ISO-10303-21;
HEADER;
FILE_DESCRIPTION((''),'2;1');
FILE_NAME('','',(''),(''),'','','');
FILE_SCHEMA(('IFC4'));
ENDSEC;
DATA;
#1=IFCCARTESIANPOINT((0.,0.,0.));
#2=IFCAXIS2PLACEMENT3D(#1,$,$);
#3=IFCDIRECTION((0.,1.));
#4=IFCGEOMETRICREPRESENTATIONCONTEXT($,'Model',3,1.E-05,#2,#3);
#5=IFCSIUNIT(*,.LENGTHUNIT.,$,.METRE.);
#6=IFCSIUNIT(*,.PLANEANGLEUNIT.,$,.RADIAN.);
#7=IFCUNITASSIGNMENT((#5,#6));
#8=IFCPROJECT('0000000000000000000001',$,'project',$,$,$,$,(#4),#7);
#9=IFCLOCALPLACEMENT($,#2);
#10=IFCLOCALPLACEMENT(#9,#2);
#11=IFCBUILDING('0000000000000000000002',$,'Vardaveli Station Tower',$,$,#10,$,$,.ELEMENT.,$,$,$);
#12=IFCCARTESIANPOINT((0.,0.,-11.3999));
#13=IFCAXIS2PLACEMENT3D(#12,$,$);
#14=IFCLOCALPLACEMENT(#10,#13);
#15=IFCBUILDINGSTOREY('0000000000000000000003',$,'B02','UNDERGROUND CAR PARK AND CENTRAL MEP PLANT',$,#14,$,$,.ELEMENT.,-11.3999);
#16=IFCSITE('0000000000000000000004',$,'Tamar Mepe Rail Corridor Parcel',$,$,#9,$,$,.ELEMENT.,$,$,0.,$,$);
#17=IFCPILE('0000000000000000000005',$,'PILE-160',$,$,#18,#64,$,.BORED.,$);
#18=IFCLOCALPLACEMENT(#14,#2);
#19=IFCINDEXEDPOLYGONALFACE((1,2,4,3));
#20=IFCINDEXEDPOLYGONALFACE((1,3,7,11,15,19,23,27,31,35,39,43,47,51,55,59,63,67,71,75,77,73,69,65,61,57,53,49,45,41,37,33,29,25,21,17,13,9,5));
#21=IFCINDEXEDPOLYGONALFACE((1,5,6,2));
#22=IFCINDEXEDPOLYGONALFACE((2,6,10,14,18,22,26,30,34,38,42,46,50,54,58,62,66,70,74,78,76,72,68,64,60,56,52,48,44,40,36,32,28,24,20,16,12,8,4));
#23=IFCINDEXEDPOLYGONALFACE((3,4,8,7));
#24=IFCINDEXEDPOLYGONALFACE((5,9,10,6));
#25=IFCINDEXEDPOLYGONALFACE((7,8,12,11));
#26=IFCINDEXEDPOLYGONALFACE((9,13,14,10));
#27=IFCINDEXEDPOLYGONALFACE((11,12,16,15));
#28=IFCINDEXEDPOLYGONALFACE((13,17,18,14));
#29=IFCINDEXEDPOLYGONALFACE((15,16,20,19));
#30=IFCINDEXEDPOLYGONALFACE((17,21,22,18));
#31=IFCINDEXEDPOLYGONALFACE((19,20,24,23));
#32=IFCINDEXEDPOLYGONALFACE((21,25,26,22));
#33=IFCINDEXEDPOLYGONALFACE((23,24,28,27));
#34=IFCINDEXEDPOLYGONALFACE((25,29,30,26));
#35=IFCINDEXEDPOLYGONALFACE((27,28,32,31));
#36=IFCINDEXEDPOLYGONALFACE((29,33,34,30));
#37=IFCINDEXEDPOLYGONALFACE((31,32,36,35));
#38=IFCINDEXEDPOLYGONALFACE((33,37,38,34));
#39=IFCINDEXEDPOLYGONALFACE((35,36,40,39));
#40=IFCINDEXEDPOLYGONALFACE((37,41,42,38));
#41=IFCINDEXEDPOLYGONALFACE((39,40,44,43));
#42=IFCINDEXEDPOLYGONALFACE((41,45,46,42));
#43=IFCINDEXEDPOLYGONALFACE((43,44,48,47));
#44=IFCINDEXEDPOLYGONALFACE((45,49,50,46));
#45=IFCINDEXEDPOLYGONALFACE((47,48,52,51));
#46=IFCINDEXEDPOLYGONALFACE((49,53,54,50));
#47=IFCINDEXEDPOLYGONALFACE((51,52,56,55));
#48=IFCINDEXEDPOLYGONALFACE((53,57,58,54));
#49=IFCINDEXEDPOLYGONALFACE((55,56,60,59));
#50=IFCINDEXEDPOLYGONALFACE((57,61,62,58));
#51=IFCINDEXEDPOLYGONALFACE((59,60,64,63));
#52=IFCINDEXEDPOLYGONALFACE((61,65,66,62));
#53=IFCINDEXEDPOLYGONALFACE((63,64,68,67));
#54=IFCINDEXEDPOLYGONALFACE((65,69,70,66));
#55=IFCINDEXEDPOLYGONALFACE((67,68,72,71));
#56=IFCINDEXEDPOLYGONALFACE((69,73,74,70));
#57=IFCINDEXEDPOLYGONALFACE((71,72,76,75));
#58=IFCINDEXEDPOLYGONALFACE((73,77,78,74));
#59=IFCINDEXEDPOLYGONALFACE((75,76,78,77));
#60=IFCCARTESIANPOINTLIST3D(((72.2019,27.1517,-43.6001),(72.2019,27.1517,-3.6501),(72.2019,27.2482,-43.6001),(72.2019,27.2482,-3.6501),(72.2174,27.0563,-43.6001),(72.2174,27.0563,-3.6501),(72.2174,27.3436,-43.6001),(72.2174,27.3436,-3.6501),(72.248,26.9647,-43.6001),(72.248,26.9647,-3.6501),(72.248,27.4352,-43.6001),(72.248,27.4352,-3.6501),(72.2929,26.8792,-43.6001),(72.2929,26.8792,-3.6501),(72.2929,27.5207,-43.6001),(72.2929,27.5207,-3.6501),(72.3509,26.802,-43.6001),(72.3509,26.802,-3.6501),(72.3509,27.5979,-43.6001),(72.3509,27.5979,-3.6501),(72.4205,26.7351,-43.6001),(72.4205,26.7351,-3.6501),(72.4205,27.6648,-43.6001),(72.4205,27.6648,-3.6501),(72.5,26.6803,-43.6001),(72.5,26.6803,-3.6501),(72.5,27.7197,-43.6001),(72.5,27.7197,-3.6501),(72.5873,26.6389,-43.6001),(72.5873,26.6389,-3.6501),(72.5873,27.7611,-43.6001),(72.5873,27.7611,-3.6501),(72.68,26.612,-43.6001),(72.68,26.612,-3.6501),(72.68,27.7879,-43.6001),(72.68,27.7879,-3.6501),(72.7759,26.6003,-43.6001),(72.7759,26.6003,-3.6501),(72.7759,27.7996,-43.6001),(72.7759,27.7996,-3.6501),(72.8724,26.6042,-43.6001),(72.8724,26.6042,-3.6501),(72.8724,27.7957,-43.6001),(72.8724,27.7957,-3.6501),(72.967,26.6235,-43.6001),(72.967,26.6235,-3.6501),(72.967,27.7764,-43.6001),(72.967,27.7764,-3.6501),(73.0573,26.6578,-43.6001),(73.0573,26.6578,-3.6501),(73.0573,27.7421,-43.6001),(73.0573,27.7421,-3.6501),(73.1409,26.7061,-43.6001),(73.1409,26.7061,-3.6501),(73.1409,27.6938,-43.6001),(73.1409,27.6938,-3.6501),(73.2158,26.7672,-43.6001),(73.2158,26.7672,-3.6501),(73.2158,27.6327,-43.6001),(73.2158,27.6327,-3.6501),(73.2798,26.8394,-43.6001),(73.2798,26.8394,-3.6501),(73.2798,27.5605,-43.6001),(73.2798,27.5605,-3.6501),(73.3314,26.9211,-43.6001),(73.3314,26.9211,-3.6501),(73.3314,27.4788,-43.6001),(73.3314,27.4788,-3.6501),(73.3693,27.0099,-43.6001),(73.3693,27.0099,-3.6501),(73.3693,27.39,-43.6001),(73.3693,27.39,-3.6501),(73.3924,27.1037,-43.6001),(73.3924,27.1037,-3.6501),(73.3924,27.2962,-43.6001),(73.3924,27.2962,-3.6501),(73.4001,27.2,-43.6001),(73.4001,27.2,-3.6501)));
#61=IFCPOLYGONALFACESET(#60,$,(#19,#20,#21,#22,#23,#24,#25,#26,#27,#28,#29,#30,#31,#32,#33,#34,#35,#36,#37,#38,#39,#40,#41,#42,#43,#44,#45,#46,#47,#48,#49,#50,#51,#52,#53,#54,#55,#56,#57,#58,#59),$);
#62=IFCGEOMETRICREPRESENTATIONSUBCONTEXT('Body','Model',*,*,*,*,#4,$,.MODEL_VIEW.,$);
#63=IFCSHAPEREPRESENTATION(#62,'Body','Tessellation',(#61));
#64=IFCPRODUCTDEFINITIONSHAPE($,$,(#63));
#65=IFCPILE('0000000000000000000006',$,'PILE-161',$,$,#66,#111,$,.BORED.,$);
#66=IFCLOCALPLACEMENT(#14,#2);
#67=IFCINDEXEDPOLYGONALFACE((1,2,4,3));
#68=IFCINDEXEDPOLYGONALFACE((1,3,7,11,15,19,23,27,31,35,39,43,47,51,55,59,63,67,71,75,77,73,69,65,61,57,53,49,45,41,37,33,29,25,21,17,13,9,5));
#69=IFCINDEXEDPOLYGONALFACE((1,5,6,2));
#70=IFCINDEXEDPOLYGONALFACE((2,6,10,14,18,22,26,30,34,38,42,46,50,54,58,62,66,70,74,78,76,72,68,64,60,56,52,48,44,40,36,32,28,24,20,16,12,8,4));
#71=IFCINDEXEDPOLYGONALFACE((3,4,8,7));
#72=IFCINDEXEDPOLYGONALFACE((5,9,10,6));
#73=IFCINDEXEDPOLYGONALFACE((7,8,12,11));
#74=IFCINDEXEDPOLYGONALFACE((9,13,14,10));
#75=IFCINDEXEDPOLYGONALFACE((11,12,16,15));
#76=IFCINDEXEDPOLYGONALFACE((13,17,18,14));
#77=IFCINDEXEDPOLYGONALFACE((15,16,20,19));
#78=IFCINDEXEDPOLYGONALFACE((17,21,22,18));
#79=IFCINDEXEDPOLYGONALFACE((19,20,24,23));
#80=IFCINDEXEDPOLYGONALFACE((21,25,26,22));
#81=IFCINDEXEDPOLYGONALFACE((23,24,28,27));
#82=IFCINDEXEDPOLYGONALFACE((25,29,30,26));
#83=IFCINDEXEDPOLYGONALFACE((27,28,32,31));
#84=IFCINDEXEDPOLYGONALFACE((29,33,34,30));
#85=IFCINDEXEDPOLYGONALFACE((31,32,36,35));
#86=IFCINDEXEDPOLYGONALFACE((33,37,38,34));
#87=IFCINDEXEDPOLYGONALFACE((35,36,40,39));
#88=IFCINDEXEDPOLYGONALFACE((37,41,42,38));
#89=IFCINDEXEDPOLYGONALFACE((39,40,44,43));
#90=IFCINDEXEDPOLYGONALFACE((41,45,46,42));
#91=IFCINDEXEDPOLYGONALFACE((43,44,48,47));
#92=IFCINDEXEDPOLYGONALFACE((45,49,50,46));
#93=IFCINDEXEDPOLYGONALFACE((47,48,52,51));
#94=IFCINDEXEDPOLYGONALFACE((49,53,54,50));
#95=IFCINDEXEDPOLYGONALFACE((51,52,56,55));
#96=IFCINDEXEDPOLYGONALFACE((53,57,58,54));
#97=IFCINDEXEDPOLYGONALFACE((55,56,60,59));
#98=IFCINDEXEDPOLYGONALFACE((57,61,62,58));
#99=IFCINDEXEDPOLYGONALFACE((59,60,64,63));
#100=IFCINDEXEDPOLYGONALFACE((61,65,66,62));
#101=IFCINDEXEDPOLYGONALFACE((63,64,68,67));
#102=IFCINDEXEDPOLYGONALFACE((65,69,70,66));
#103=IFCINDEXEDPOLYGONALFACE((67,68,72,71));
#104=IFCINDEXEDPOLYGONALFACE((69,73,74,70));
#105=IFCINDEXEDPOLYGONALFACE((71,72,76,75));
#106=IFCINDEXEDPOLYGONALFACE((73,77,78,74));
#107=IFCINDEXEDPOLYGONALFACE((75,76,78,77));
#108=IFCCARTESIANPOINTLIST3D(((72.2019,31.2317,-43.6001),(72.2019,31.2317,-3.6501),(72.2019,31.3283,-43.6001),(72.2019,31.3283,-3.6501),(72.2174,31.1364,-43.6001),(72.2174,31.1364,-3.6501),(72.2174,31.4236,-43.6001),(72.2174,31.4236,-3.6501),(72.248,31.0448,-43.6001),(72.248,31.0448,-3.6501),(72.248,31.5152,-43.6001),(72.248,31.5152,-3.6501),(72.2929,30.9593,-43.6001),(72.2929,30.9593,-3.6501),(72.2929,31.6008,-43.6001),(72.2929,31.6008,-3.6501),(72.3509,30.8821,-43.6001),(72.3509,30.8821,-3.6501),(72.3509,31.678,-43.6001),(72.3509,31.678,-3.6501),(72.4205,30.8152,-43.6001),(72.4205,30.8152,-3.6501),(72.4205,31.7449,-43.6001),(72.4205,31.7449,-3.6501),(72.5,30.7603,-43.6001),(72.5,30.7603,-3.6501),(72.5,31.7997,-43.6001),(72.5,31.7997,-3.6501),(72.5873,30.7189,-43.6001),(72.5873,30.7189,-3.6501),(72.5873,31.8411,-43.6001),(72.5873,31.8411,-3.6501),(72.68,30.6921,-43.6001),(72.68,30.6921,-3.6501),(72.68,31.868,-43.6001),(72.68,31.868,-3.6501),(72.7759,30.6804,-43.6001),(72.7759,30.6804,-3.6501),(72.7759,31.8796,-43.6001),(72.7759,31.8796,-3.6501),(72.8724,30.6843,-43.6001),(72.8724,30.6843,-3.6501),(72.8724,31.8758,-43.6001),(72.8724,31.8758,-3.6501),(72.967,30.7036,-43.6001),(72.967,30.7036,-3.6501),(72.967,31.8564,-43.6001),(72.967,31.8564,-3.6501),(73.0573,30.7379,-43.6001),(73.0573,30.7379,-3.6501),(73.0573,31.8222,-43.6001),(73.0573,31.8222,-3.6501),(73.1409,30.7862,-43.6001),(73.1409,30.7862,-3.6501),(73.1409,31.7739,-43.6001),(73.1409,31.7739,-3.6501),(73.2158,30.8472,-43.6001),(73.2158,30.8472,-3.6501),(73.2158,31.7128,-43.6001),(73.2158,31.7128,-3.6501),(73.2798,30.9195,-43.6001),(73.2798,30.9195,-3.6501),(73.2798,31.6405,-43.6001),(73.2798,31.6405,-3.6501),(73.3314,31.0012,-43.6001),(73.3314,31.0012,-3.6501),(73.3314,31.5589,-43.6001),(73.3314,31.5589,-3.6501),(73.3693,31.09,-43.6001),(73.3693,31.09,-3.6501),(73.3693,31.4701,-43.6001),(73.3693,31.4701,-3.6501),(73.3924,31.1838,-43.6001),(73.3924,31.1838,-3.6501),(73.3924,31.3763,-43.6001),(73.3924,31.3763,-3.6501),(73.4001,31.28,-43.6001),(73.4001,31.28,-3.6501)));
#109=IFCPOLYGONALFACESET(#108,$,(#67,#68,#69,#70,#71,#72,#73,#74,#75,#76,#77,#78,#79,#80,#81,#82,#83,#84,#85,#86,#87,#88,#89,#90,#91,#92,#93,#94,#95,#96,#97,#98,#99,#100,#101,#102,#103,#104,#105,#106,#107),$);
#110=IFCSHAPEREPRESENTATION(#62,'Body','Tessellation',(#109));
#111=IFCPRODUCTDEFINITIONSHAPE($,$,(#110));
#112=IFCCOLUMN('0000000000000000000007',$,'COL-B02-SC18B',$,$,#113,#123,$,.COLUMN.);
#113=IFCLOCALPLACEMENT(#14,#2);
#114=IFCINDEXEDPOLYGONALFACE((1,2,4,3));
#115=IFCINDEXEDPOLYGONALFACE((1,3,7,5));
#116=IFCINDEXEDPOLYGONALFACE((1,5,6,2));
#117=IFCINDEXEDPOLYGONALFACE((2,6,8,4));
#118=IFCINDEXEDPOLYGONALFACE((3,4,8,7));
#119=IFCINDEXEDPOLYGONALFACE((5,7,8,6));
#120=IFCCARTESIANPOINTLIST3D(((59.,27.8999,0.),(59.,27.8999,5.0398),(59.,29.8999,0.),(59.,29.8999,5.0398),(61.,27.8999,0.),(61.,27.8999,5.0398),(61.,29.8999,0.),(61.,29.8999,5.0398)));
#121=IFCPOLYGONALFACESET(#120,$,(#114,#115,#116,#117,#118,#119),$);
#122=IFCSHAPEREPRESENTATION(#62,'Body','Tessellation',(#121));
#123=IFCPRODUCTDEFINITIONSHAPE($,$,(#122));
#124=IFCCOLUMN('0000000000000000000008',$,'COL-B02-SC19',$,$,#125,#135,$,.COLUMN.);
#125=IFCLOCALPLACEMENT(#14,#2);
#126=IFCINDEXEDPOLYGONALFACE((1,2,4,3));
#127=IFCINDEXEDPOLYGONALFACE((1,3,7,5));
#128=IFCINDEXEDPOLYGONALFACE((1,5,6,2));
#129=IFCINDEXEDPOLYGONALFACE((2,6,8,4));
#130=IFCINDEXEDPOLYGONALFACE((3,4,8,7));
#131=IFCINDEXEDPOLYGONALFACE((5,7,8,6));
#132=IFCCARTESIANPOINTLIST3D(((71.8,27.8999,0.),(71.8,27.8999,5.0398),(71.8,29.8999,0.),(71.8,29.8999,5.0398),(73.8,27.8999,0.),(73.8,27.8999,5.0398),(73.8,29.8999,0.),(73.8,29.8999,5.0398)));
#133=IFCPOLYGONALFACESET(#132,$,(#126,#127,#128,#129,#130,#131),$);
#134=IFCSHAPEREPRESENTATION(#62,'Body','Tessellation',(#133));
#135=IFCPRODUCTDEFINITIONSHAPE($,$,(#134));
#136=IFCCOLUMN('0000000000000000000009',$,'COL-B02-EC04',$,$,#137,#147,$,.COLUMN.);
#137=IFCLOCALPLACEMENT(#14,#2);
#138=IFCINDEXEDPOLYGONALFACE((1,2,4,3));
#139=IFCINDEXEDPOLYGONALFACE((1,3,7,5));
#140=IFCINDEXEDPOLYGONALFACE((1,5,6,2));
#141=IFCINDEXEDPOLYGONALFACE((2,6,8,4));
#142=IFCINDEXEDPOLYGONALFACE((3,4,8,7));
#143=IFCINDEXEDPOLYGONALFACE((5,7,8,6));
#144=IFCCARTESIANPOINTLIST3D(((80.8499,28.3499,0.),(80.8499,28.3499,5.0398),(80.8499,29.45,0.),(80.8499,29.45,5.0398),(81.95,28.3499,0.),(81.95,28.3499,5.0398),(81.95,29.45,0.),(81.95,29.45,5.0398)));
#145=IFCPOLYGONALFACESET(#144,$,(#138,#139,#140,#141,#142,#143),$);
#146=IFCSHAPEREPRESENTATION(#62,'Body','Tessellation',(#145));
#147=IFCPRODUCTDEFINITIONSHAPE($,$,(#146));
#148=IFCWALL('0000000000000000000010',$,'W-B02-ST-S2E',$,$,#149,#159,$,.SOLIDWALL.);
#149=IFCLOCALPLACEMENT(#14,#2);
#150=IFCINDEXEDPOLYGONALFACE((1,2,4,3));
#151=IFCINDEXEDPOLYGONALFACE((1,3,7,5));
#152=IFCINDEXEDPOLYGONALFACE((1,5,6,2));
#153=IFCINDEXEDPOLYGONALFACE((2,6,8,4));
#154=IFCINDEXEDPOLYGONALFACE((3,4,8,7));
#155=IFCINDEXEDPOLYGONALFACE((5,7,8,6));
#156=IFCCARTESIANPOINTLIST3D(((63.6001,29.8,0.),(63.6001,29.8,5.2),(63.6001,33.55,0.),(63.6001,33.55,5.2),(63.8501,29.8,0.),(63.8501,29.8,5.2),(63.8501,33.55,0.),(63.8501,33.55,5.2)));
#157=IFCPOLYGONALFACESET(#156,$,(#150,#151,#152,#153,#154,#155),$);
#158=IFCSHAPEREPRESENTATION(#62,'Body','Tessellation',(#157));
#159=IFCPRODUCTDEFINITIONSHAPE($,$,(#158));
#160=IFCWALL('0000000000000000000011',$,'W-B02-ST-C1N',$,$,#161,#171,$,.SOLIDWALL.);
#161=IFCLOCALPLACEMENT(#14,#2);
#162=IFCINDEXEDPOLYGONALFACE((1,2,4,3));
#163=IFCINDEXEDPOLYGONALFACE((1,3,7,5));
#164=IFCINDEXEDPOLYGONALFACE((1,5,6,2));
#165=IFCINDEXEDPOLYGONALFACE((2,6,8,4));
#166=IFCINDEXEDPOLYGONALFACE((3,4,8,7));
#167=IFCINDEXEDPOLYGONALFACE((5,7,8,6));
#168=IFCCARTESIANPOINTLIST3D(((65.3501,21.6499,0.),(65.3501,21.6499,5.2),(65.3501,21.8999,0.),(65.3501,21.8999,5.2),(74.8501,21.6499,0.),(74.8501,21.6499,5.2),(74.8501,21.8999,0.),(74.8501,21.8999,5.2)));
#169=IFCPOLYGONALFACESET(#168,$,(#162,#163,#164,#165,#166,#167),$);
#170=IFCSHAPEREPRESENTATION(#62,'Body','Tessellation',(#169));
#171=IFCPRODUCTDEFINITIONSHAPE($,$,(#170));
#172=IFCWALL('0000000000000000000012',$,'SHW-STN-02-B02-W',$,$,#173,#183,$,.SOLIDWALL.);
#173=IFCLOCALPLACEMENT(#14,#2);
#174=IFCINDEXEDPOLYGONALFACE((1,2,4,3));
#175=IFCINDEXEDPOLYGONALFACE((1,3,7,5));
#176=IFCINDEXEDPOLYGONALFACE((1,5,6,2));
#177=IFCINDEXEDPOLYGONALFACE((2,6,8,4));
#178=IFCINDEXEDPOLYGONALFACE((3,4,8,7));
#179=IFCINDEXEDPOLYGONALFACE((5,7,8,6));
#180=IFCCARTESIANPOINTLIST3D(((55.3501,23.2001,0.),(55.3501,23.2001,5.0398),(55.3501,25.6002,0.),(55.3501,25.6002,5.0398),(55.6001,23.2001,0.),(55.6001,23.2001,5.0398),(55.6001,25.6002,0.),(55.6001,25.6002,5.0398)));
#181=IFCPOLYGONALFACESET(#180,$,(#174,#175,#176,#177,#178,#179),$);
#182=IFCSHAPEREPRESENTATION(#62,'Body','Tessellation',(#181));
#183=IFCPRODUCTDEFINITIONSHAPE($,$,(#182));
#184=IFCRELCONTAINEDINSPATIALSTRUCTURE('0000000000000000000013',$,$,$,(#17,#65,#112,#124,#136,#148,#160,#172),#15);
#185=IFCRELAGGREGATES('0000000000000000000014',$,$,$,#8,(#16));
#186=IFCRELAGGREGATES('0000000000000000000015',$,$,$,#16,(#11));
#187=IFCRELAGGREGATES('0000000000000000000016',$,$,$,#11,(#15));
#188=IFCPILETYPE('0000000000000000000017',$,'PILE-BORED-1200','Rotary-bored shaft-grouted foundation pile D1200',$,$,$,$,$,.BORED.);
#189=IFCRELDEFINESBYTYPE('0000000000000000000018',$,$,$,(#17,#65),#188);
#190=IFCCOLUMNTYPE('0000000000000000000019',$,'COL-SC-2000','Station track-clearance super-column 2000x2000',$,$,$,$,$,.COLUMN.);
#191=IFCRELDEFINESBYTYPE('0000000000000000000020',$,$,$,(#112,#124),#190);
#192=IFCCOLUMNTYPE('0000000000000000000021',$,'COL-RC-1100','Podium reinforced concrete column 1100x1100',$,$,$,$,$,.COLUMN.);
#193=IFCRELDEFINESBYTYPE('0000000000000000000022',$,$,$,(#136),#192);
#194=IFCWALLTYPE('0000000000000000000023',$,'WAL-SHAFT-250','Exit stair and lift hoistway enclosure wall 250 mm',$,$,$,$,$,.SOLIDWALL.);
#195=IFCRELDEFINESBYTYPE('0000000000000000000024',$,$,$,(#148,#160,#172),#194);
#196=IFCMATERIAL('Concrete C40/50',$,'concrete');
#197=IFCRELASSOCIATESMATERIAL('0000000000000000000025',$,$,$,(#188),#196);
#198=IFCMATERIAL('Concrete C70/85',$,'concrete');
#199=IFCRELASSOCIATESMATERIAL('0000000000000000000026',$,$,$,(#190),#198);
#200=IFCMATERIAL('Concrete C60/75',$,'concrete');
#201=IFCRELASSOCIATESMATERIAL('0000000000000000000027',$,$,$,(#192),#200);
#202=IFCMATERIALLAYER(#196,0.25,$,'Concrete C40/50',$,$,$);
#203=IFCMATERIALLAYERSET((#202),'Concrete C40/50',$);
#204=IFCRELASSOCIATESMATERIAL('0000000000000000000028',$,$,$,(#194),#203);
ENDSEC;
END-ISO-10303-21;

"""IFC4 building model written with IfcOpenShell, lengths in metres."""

from ifc_helpers import new_model, si_unit, direction, frame, frame_2d, origin, origin_2d, place, context, subcontext, project, spatial, rectangle, circle, extrude, source, transform, mapped, material, layer, layer_set, material_profile, profile_set, type_object, element, save


model = new_model("IFC4")

# Units and contexts
model_context = context("Model", 3, precision=1e-05, world=origin(), true_north=direction((0.0, 1.0)))
body_context = subcontext(model_context, "Body", "Model", "MODEL_VIEW")
ifc_project = project(units=[si_unit("LENGTHUNIT", "METRE"), si_unit("PLANEANGLEUNIT", "RADIAN")], contexts=[model_context])

# Site, building, storey
site_placement = place(None, origin())
site = spatial("IfcSite", under=ifc_project, at=site_placement, Name="Tamar Mepe Rail Corridor Parcel", CompositionType="ELEMENT", RefElevation=0.0)
building_placement = place(site_placement, origin())
building = spatial("IfcBuilding", under=site, at=building_placement, Name="Vardaveli Station Tower", CompositionType="ELEMENT")
storey_placement = place(building_placement, frame((0.0, 0.0, -11.3999)))
storey = spatial("IfcBuildingStorey", under=building, at=storey_placement, Name="B02", Description="UNDERGROUND CAR PARK AND CENTRAL MEP PLANT", CompositionType="ELEMENT", Elevation=-11.3999)

# Piles
ifc_material_1 = material(Name="Concrete C40/50", Category="concrete")
ifc_material_profile_1 = material_profile(ifc_material_1, circle(Radius=0.6001, at=origin_2d()), Name="PILE D1200")
ifc_profile_set_1 = profile_set([ifc_material_profile_1], Name="Concrete C40/50")
pile_type_1 = type_object("IfcPileType", Name="PILE-BORED-1200", Description="Rotary-bored shaft-grouted foundation pile D1200", PredefinedType="BORED", material=ifc_profile_set_1)
shared_shape_1 = source(origin(), body_context, "Body", "SweptSolid", [
    extrude(circle(Radius=0.6001, at=origin_2d()), origin(), (0.0, 0.0, 1.0), 39.95),
])
for number, where, z_axis, x_axis, name in (
    (1, (72.8, 27.2, -3.6501), (0.0, 0.0, -1.0), (1.0, 0.0, 0.0), "PILE-160"),
    (2, (72.8, 31.28, -3.6501), (0.0, 0.0, -1.0), (1.0, 0.0, 0.0), "PILE-161"),
):
    element("IfcPile", number, at=place(storey_placement, frame(where, z_axis=z_axis, x_axis=x_axis)), inside=storey, type_object=pile_type_1, Name=name, PredefinedType="BORED", context=body_context, shape_type="MappedRepresentation", body=[
        mapped(shared_shape_1, transform((0.0, 0.0, 0.0), scale=1.0)),
    ])

# Columns
ifc_material_2 = material(Name="Concrete C70/85", Category="concrete")
ifc_material_profile_2 = material_profile(ifc_material_2, rectangle(XDim=2.0, YDim=2.0, at=origin_2d()), Name="SC 2000x2000")
ifc_profile_set_2 = profile_set([ifc_material_profile_2], Name="Concrete C70/85")
column_type_1 = type_object("IfcColumnType", Name="COL-SC-2000", Description="Station track-clearance super-column 2000x2000", PredefinedType="COLUMN", material=ifc_profile_set_2)
shared_shape_2 = source(origin(), body_context, "Body", "SweptSolid", [
    extrude(rectangle(XDim=2.0, YDim=2.0, at=origin_2d()), origin(), (0.0, 0.0, 1.0), 5.0398),
])
for number, where, z_axis, x_axis, name in (
    (3, (60.0, 28.8999, 0.0), (0.0, 0.0, 1.0), (1.0, 0.0, 0.0), "COL-B02-SC18B"),
    (4, (72.8, 28.8999, 0.0), (0.0, 0.0, 1.0), (1.0, 0.0, 0.0), "COL-B02-SC19"),
):
    element("IfcColumn", number, at=place(storey_placement, frame(where, z_axis=z_axis, x_axis=x_axis)), inside=storey, type_object=column_type_1, Name=name, PredefinedType="COLUMN", context=body_context, shape_type="MappedRepresentation", body=[
        mapped(shared_shape_2, transform((0.0, 0.0, 0.0), scale=1.0)),
    ])
ifc_material_3 = material(Name="Concrete C60/75", Category="concrete")
ifc_material_profile_3 = material_profile(ifc_material_3, rectangle(XDim=1.1001, YDim=1.1001, at=origin_2d()), Name="RC 1100x1100")
ifc_profile_set_3 = profile_set([ifc_material_profile_3], Name="Concrete C60/75")
column_type_2 = type_object("IfcColumnType", Name="COL-RC-1100", Description="Podium reinforced concrete column 1100x1100", PredefinedType="COLUMN", material=ifc_profile_set_3)
shared_shape_3 = source(origin(), body_context, "Body", "SweptSolid", [
    extrude(rectangle(XDim=1.1001, YDim=1.1001, at=origin_2d()), origin(), (0.0, 0.0, 1.0), 5.0398),
])
column_placement = place(storey_placement, frame((81.3999, 28.8999, 0.0), z_axis=(0.0, 0.0, 1.0), x_axis=(1.0, 0.0, 0.0)))
element("IfcColumn", 5, at=column_placement, inside=storey, type_object=column_type_2, Name="COL-B02-EC04", PredefinedType="COLUMN", context=body_context, shape_type="MappedRepresentation", body=[
    mapped(shared_shape_3, transform((0.0, 0.0, 0.0), scale=1.0)),
])

# Walls
ifc_layer = layer(ifc_material_1, 0.25, Name="Concrete C40/50")
ifc_layer_set = layer_set([ifc_layer], Name="Concrete C40/50")
wall_type = type_object("IfcWallType", Name="WAL-SHAFT-250", Description="Exit stair and lift hoistway enclosure wall 250 mm", PredefinedType="SOLIDWALL", material=ifc_layer_set)
shared_shape_4 = source(origin(), body_context, "Body", "SweptSolid", [
    extrude(rectangle(XDim=3.75, YDim=0.25, at=frame_2d((1.875, 0.0))), origin(), (0.0, 0.0, 1.0), 5.2),
])
wall_1_placement = place(storey_placement, frame((63.7251, 29.8, 0.0), z_axis=(0.0, 0.0, 1.0), x_axis=(0.0, 1.0, 0.0)))
element("IfcWall", 6, at=wall_1_placement, inside=storey, type_object=wall_type, Name="W-B02-ST-S2E", PredefinedType="SOLIDWALL", context=body_context, shape_type="MappedRepresentation", body=[
    mapped(shared_shape_4, transform((0.0, 0.0, 0.0), scale=1.0)),
])
shared_shape_5 = source(origin(), body_context, "Body", "SweptSolid", [
    extrude(rectangle(XDim=9.5, YDim=0.25, at=frame_2d((4.75, 0.0))), origin(), (0.0, 0.0, 1.0), 5.2),
])
wall_2_placement = place(storey_placement, frame((65.3501, 21.7749, 0.0), z_axis=(0.0, 0.0, 1.0), x_axis=(1.0, 0.0, 0.0)))
element("IfcWall", 7, at=wall_2_placement, inside=storey, type_object=wall_type, Name="W-B02-ST-C1N", PredefinedType="SOLIDWALL", context=body_context, shape_type="MappedRepresentation", body=[
    mapped(shared_shape_5, transform((0.0, 0.0, 0.0), scale=1.0)),
])
shared_shape_6 = source(origin(), body_context, "Body", "SweptSolid", [
    extrude(rectangle(XDim=2.4001, YDim=0.25, at=frame_2d((1.2002, 0.0))), origin(), (0.0, 0.0, 1.0), 5.0398),
])
for number, where, z_axis, x_axis, name in (
    (8, (55.4751, 23.2, 0.0), (0.0, 0.0, 1.0), (0.0, 1.0, 0.0), "SHW-STN-02-B02-W"),
):
    element("IfcWall", number, at=place(storey_placement, frame(where, z_axis=z_axis, x_axis=x_axis)), inside=storey, type_object=wall_type, Name=name, PredefinedType="SOLIDWALL", context=body_context, shape_type="MappedRepresentation", body=[
        mapped(shared_shape_6, transform((0.0, 0.0, 0.0), scale=1.0)),
    ])

save(model, "model.ifc")
